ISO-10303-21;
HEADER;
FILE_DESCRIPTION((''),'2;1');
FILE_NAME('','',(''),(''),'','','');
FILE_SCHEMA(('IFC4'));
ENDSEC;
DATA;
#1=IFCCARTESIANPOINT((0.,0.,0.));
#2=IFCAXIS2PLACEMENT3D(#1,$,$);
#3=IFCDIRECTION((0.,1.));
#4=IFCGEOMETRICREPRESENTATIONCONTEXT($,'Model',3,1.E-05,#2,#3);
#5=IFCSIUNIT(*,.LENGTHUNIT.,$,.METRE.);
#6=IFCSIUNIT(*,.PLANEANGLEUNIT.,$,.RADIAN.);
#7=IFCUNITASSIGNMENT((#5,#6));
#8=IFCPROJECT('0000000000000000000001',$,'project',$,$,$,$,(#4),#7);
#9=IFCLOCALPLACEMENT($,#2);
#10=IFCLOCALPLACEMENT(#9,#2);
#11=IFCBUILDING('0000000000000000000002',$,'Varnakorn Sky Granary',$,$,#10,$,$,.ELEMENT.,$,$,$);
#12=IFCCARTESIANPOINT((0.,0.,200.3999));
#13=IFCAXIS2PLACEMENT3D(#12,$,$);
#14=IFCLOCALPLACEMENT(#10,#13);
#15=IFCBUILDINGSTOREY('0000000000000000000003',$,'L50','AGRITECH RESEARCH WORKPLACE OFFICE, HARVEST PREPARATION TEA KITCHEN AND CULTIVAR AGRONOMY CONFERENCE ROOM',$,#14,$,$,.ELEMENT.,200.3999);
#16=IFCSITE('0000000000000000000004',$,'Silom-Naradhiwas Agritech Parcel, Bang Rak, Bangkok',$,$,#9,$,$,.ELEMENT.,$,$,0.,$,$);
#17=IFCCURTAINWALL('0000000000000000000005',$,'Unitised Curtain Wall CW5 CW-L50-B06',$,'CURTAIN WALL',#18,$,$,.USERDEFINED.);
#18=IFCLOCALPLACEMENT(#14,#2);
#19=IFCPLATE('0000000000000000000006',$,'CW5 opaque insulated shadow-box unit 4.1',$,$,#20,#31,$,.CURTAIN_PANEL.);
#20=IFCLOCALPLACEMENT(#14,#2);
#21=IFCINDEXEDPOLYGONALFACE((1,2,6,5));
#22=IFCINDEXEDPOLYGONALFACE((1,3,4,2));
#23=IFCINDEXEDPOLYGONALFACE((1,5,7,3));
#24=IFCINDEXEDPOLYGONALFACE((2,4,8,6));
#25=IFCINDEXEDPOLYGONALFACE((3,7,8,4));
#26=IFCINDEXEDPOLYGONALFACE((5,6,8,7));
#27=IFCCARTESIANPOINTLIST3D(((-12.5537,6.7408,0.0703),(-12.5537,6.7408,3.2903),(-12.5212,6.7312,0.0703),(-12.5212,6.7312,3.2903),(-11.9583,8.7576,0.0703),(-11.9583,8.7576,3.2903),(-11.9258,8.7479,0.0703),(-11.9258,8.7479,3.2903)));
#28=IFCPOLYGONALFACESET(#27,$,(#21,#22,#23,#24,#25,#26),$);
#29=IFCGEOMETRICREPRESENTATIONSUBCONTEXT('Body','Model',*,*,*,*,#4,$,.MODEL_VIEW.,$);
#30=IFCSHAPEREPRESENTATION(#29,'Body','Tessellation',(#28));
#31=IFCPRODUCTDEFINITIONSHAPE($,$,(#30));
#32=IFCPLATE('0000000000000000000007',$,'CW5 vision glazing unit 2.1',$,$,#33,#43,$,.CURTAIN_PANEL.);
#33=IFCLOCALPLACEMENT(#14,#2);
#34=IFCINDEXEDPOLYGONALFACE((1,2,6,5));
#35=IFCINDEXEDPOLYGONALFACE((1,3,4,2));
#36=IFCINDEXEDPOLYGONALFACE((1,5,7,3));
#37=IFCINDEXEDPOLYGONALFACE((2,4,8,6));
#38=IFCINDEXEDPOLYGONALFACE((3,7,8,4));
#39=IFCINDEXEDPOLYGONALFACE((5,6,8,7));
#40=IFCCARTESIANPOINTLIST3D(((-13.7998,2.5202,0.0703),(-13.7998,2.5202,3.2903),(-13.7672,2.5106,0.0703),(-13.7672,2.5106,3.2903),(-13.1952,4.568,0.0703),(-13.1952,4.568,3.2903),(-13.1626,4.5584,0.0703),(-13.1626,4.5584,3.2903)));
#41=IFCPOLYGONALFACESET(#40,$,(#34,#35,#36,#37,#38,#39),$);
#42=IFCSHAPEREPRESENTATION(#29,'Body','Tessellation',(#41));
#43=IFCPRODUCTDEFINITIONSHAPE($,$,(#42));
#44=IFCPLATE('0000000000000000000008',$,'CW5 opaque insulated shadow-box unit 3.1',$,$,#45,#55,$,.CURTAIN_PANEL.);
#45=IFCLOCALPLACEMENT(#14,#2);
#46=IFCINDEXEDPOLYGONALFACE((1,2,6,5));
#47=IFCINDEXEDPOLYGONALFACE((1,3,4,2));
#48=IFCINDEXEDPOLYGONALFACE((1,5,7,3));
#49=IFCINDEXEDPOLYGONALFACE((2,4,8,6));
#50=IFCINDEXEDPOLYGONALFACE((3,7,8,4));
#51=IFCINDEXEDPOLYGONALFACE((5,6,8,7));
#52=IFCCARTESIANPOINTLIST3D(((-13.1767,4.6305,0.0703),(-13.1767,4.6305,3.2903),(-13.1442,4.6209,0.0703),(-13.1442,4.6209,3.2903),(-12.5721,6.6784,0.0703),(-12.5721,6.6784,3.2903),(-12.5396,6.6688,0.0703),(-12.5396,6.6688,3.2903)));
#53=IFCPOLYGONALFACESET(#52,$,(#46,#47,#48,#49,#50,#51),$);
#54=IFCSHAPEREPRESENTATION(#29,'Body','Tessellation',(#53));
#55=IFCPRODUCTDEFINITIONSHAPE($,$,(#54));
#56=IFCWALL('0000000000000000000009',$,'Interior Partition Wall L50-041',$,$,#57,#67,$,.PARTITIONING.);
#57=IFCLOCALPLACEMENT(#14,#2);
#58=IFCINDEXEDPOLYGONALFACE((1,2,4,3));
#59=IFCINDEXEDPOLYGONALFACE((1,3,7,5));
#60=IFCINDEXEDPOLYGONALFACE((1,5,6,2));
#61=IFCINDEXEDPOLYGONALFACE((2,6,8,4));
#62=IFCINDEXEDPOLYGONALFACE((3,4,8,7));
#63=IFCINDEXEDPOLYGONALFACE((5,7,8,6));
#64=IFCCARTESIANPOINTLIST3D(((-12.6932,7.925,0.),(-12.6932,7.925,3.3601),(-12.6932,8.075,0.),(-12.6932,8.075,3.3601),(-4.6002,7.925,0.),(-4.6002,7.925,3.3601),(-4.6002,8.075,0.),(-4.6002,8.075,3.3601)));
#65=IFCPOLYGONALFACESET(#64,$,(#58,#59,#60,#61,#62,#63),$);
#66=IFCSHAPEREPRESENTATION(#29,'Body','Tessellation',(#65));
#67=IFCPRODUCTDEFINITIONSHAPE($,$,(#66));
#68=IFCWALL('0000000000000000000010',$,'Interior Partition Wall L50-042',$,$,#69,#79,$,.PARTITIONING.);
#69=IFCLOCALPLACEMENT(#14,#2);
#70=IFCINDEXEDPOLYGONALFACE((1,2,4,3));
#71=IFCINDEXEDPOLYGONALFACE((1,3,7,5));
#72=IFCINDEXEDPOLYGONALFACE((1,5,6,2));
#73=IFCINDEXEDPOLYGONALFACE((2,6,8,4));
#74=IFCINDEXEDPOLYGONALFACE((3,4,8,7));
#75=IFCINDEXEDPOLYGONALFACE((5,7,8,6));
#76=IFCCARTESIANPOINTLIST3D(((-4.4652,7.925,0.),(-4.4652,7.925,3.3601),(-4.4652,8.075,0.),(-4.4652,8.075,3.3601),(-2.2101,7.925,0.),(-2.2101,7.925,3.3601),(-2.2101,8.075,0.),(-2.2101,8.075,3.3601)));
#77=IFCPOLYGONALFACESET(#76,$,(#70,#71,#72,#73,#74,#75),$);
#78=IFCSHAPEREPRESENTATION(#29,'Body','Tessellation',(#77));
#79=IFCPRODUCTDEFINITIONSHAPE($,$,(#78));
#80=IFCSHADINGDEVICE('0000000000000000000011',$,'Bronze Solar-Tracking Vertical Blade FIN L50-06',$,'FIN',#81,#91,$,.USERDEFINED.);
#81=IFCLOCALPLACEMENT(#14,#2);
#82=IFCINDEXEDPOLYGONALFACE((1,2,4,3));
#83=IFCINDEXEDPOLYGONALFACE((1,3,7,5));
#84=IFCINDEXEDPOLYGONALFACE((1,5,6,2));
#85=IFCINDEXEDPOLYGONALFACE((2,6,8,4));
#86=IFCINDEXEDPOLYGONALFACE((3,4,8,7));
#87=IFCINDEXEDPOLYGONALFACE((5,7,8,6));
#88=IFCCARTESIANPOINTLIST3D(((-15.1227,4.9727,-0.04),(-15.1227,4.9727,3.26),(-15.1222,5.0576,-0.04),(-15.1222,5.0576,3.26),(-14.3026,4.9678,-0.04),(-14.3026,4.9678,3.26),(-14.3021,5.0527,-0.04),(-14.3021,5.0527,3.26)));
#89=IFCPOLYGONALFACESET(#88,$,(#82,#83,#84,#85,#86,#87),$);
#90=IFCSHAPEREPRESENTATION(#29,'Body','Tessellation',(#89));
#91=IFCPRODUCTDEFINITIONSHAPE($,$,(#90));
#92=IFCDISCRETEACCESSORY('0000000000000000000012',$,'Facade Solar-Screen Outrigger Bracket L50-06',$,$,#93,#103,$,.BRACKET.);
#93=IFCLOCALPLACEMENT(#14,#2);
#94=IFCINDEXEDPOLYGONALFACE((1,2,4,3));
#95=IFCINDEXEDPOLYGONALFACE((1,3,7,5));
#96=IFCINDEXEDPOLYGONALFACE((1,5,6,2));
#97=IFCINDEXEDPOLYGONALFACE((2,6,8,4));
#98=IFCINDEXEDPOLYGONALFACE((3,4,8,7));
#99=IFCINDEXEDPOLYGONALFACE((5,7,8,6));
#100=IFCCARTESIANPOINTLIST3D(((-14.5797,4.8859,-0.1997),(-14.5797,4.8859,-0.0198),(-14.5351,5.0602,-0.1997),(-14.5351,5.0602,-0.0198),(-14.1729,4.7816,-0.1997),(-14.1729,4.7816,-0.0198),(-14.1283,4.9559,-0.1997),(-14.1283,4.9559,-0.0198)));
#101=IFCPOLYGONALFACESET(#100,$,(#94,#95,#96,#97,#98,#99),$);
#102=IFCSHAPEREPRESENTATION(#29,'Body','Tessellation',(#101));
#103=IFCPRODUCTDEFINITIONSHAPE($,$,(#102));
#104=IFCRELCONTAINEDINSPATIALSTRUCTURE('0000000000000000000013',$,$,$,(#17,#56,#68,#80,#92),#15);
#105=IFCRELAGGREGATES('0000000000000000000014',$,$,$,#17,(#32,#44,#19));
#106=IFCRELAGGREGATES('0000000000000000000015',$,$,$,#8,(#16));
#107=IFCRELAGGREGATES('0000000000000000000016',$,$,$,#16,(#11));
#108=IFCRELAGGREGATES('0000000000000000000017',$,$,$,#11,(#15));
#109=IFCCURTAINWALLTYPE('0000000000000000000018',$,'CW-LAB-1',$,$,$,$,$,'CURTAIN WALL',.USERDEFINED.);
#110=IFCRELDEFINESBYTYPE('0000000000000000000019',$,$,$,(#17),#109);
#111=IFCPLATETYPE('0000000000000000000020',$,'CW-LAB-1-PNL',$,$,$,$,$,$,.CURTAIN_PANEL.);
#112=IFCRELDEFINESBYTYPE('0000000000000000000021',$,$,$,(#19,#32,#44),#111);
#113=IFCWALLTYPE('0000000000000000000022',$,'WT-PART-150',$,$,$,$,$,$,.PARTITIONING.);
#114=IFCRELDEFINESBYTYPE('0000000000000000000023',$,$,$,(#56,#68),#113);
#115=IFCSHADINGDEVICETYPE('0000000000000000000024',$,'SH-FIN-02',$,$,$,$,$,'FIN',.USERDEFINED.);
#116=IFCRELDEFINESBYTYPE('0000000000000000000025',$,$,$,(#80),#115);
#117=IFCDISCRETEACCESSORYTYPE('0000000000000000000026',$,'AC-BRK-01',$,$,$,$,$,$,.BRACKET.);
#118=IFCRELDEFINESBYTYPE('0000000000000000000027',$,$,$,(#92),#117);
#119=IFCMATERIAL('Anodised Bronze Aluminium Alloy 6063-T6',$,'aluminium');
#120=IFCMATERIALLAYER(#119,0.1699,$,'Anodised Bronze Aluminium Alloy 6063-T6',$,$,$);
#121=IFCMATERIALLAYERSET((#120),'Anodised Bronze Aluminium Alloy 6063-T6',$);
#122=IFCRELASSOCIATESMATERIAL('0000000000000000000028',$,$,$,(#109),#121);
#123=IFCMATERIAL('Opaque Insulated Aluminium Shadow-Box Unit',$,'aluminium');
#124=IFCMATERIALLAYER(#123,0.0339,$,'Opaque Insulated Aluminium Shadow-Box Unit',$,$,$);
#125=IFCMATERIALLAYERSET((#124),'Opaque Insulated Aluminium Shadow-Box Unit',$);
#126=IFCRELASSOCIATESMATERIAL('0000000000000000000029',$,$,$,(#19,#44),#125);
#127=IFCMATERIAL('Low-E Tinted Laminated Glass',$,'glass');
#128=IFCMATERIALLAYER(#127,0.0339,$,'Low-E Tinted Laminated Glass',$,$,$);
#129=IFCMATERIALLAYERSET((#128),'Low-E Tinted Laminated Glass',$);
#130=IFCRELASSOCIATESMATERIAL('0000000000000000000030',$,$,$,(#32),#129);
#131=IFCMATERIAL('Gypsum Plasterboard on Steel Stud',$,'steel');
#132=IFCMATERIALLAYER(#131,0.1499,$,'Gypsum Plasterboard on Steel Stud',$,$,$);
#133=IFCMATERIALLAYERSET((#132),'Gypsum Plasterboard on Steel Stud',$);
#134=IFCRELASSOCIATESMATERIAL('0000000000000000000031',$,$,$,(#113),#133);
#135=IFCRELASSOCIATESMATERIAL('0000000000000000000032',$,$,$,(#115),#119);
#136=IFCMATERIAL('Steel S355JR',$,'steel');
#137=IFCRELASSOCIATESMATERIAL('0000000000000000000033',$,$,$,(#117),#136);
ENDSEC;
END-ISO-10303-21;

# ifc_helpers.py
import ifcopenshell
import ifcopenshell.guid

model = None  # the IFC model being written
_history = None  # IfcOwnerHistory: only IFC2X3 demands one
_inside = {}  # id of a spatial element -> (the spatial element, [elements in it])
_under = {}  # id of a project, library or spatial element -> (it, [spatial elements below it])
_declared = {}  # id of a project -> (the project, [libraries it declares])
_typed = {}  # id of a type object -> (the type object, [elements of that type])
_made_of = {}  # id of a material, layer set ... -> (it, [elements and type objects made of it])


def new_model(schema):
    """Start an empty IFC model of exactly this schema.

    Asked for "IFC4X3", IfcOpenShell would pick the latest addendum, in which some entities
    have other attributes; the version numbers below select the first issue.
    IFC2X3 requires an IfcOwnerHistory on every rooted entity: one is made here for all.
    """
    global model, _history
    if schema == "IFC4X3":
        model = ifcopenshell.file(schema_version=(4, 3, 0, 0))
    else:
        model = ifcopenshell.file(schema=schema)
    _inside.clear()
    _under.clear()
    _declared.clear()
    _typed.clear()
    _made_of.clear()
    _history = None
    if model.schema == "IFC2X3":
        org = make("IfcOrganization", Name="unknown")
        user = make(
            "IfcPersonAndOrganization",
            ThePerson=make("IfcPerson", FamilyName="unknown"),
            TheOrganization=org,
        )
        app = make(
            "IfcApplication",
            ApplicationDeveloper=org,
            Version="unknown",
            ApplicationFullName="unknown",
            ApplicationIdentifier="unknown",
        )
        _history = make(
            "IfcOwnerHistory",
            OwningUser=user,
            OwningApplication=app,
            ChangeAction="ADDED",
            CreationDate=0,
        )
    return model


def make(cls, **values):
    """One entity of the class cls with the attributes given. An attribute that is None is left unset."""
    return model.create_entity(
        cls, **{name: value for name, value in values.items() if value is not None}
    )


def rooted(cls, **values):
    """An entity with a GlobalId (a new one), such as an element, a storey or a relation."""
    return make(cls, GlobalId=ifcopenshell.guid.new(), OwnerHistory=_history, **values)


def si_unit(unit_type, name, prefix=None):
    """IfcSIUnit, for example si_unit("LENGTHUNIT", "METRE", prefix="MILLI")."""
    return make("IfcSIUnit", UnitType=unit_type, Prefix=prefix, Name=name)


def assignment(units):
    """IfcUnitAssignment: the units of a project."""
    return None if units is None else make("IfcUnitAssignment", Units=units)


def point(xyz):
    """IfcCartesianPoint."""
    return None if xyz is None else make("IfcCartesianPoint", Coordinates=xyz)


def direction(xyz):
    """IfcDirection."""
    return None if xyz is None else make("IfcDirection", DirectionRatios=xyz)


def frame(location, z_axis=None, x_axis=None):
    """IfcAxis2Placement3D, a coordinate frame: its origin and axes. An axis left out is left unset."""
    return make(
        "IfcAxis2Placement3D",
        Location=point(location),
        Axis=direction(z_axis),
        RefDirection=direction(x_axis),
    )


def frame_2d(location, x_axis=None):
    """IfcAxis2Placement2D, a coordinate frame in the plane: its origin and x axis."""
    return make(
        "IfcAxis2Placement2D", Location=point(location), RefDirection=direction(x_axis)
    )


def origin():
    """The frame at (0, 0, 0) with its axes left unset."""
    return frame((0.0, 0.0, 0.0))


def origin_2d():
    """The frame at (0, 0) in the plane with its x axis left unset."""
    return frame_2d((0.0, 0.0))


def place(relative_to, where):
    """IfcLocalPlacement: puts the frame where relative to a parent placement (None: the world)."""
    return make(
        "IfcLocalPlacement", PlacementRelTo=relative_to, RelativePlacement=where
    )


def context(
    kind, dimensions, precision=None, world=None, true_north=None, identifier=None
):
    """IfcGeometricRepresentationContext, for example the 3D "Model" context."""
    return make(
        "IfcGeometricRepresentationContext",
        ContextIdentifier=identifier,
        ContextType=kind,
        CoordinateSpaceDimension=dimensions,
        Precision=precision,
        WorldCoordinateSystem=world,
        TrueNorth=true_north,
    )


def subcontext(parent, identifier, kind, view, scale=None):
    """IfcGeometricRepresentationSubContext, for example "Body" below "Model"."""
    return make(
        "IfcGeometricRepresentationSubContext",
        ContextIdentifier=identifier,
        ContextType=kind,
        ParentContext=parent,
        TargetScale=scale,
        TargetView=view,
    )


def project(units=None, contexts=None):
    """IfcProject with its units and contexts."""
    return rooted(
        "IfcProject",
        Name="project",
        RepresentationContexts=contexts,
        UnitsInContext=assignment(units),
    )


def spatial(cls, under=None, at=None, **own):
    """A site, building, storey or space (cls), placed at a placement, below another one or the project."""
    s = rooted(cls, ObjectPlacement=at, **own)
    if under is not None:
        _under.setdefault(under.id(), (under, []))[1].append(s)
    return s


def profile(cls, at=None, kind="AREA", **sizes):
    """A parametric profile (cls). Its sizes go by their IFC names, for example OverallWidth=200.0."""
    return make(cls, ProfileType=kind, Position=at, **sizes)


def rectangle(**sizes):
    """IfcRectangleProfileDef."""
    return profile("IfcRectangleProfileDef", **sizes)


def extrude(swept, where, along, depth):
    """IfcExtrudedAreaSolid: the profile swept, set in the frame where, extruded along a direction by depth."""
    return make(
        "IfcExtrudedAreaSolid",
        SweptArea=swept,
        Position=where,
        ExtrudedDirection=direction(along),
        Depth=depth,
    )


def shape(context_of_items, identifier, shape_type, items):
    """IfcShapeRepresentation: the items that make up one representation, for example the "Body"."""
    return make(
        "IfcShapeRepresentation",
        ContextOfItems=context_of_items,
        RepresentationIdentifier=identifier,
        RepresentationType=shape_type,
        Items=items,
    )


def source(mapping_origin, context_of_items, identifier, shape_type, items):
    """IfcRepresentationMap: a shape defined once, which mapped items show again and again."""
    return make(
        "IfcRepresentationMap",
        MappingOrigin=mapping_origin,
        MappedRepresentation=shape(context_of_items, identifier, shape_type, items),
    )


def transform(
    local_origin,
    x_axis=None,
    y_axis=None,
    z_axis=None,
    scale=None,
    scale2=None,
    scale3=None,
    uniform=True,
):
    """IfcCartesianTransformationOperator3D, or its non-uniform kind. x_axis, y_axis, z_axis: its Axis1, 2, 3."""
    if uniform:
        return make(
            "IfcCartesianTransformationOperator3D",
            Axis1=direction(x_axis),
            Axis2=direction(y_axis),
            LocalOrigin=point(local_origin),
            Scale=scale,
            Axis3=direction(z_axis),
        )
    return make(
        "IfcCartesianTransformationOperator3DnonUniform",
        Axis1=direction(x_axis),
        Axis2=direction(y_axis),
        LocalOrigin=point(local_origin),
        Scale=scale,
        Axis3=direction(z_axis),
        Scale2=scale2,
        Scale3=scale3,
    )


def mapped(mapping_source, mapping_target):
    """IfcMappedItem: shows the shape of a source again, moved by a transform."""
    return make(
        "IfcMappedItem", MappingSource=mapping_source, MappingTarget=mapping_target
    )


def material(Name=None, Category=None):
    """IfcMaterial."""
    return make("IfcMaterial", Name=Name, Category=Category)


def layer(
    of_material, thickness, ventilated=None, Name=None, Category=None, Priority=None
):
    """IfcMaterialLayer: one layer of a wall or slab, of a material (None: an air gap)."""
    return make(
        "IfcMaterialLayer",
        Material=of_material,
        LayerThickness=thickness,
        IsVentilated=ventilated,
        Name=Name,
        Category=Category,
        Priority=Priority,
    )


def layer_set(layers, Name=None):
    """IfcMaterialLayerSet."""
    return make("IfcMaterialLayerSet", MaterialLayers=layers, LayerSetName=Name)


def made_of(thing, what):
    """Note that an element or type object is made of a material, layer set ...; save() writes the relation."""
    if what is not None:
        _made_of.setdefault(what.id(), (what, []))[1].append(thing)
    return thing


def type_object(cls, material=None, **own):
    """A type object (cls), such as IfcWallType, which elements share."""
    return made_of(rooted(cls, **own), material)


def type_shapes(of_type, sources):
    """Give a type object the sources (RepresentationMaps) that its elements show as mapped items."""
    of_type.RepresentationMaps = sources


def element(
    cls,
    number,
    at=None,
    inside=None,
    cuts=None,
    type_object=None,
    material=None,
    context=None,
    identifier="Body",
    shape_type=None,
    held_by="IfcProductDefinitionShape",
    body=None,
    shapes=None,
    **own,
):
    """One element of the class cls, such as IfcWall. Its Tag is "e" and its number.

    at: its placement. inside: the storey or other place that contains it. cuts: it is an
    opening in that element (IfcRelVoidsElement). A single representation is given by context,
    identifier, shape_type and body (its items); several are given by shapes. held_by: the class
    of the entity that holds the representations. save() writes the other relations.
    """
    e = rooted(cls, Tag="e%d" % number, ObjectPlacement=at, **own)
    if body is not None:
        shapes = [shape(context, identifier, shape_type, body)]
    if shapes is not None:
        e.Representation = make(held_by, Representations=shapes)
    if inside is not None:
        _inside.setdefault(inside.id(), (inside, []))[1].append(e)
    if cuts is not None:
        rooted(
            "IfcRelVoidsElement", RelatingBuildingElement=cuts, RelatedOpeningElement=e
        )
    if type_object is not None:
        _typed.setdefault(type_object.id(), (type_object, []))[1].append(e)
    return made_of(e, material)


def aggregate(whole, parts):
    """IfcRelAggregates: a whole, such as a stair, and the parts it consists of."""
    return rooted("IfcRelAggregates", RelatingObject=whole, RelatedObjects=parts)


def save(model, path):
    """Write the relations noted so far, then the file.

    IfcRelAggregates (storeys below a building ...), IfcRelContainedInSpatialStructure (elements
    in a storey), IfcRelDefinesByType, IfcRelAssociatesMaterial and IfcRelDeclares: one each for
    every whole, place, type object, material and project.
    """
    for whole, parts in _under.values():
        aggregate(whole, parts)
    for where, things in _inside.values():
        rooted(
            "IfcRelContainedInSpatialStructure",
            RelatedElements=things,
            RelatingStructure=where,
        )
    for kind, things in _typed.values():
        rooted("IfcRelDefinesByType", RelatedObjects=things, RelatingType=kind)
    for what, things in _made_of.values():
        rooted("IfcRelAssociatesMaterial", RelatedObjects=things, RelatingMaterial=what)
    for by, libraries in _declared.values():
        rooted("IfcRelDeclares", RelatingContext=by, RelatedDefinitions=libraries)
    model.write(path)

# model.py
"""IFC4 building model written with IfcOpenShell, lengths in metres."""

from ifc_helpers import new_model, si_unit, direction, frame, frame_2d, origin, origin_2d, place, context, subcontext, project, spatial, rectangle, extrude, source, transform, mapped, material, layer, layer_set, type_object, type_shapes, element, aggregate, save


model = new_model("IFC4")

# Units and contexts
model_context = context("Model", 3, precision=1e-05, world=origin(), true_north=direction((0.0, 1.0)))
body_context = subcontext(model_context, "Body", "Model", "MODEL_VIEW")
ifc_project = project(units=[si_unit("LENGTHUNIT", "METRE"), si_unit("PLANEANGLEUNIT", "RADIAN")], contexts=[model_context])

# Site, building, storey
site_placement = place(None, origin())
site = spatial("IfcSite", under=ifc_project, at=site_placement, Name="Silom-Naradhiwas Agritech Parcel, Bang Rak, Bangkok", CompositionType="ELEMENT", RefElevation=0.0)
building_placement = place(site_placement, origin())
building = spatial("IfcBuilding", under=site, at=building_placement, Name="Varnakorn Sky Granary", CompositionType="ELEMENT")
storey_placement = place(building_placement, frame((0.0, 0.0, 200.3999)))
storey = spatial("IfcBuildingStorey", under=building, at=storey_placement, Name="L50", Description="AGRITECH RESEARCH WORKPLACE OFFICE, HARVEST PREPARATION TEA KITCHEN AND CULTIVAR AGRONOMY CONFERENCE ROOM", CompositionType="ELEMENT", Elevation=200.3999)

# Shared definitions
ifc_material_1 = material(Name="Steel S355JR", Category="steel")

# Shared definitions
ifc_material_2 = material(Name="Anodised Bronze Aluminium Alloy 6063-T6", Category="aluminium")
ifc_layer_1 = layer(ifc_material_2, 0.1699, Name="Anodised Bronze Aluminium Alloy 6063-T6")
ifc_layer_set_1 = layer_set([ifc_layer_1], Name="Anodised Bronze Aluminium Alloy 6063-T6")
curtain_wall_type = type_object("IfcCurtainWallType", Name="CW-LAB-1", ElementType="CURTAIN WALL", PredefinedType="USERDEFINED", material=ifc_layer_set_1)

# Curtain wall
curtain_wall_1_placement = place(storey_placement, origin())
curtain_wall_1 = element("IfcCurtainWall", 1, at=curtain_wall_1_placement, inside=storey, type_object=curtain_wall_type, Name="Unitised Curtain Wall CW5 CW-L50-B06", ObjectType="CURTAIN WALL", PredefinedType="USERDEFINED")

# Plates
ifc_material_3 = material(Name="Low-E Tinted Laminated Glass", Category="glass")
ifc_layer_2 = layer(ifc_material_3, 0.0339, Name="Low-E Tinted Laminated Glass")
ifc_layer_set_2 = layer_set([ifc_layer_2], Name="Low-E Tinted Laminated Glass")
plate_type = type_object("IfcPlateType", Name="CW-LAB-1-PNL", PredefinedType="CURTAIN_PANEL")
shared_shape_1 = source(origin(), body_context, "Body", "SweptSolid", [
    extrude(rectangle(XDim=2.1028, YDim=0.0339, at=origin_2d()), origin(), (0.0, 0.0, 1.0), 3.22),
])
ifc_material_4 = material(Name="Opaque Insulated Aluminium Shadow-Box Unit", Category="aluminium")
ifc_layer_3 = layer(ifc_material_4, 0.0339, Name="Opaque Insulated Aluminium Shadow-Box Unit")
ifc_layer_set_3 = layer_set([ifc_layer_3], Name="Opaque Insulated Aluminium Shadow-Box Unit")
plate_1_placement = place(storey_placement, frame((-12.2397, 7.7444, 0.0703), z_axis=(0.0, 0.0, 1.0), x_axis=(0.283144, 0.959077, 0.0)))
plate_1 = element("IfcPlate", 2, at=plate_1_placement, type_object=plate_type, material=ifc_layer_set_3, Name="CW5 opaque insulated shadow-box unit 4.1", PredefinedType="CURTAIN_PANEL", context=body_context, shape_type="MappedRepresentation", body=[
    mapped(shared_shape_1, transform((0.0, 0.0, 0.0), x_axis=(1.0, 0.0, 0.0), y_axis=(0.0, 1.0, 0.0), z_axis=(0.0, 0.0, 1.0), scale=1.0)),
])
shared_shape_2 = source(origin(), body_context, "Body", "SweptSolid", [
    extrude(rectangle(XDim=2.1353, YDim=0.0339, at=origin_2d()), origin(), (0.0, 0.0, 1.0), 3.22),
])
type_shapes(plate_type, [shared_shape_1, shared_shape_2])
plate_2_placement = place(storey_placement, frame((-13.4812, 3.5393, 0.0703), z_axis=(0.0, 0.0, 1.0), x_axis=(0.283144, 0.959077, 0.0)))
plate_2 = element("IfcPlate", 3, at=plate_2_placement, type_object=plate_type, material=ifc_layer_set_2, Name="CW5 vision glazing unit 2.1", PredefinedType="CURTAIN_PANEL", context=body_context, shape_type="MappedRepresentation", body=[
    mapped(shared_shape_2, transform((0.0, 0.0, 0.0), x_axis=(1.0, 0.0, 0.0), y_axis=(0.0, 1.0, 0.0), z_axis=(0.0, 0.0, 1.0), scale=1.0)),
])
plate_3_placement = place(storey_placement, frame((-12.8582, 5.6497, 0.0703), z_axis=(0.0, 0.0, 1.0), x_axis=(0.283144, 0.959077, 0.0)))
plate_3 = element("IfcPlate", 4, at=plate_3_placement, type_object=plate_type, material=ifc_layer_set_3, Name="CW5 opaque insulated shadow-box unit 3.1", PredefinedType="CURTAIN_PANEL", context=body_context, shape_type="MappedRepresentation", body=[
    mapped(shared_shape_2, transform((0.0, 0.0, 0.0), x_axis=(1.0, 0.0, 0.0), y_axis=(0.0, 1.0, 0.0), z_axis=(0.0, 0.0, 1.0), scale=1.0)),
])
aggregate(curtain_wall_1, [plate_2, plate_3, plate_1])

# Walls
ifc_material_5 = material(Name="Gypsum Plasterboard on Steel Stud", Category="steel")
ifc_layer_4 = layer(ifc_material_5, 0.1499, Name="Gypsum Plasterboard on Steel Stud")
ifc_layer_set_4 = layer_set([ifc_layer_4], Name="Gypsum Plasterboard on Steel Stud")
wall_type = type_object("IfcWallType", Name="WT-PART-150", PredefinedType="PARTITIONING", material=ifc_layer_set_4)
wall_1_placement = place(storey_placement, frame((-12.6931, 8.0, 0.0), z_axis=(0.0, 0.0, 1.0), x_axis=(1.0, 0.0, 0.0)))
element("IfcWall", 5, at=wall_1_placement, inside=storey, type_object=wall_type, Name="Interior Partition Wall L50-041", PredefinedType="PARTITIONING", context=body_context, shape_type="SweptSolid", body=[
    extrude(rectangle(XDim=8.093, YDim=0.1499, at=frame_2d((4.0464, 0.0))), origin(), (0.0, 0.0, 1.0), 3.3601),
])
wall_2_placement = place(storey_placement, frame((-4.4651, 8.0, 0.0), z_axis=(0.0, 0.0, 1.0), x_axis=(1.0, 0.0, 0.0)))
element("IfcWall", 6, at=wall_2_placement, inside=storey, type_object=wall_type, Name="Interior Partition Wall L50-042", PredefinedType="PARTITIONING", context=body_context, shape_type="SweptSolid", body=[
    extrude(rectangle(XDim=2.2551, YDim=0.1499, at=frame_2d((1.1274, 0.0))), origin(), (0.0, 0.0, 1.0), 3.3601),
])

# Shading device
shading_device_type = type_object("IfcShadingDeviceType", Name="SH-FIN-02", ElementType="FIN", PredefinedType="USERDEFINED", material=ifc_material_2)
shared_shape_3 = source(origin(), body_context, "Body", "SweptSolid", [
    extrude(rectangle(XDim=0.085, YDim=0.8201, at=origin_2d()), origin(), (0.0, 0.0, 1.0), 3.3),
])
type_shapes(shading_device_type, [shared_shape_3])
shading_device_placement = place(storey_placement, frame((-14.7124, 5.0127, -0.04), z_axis=(0.0, 0.0, 1.0), x_axis=(-0.006012, -0.999982, 0.0)))
element("IfcShadingDevice", 7, at=shading_device_placement, inside=storey, type_object=shading_device_type, Name="Bronze Solar-Tracking Vertical Blade FIN L50-06", ObjectType="FIN", PredefinedType="USERDEFINED", context=body_context, shape_type="MappedRepresentation", body=[
    mapped(shared_shape_3, transform((0.0, 0.0, 0.0), x_axis=(1.0, 0.0, 0.0), y_axis=(0.0, 1.0, 0.0), z_axis=(0.0, 0.0, 1.0), scale=1.0)),
])

# Discrete accessory
discrete_accessory_type = type_object("IfcDiscreteAccessoryType", Name="AC-BRK-01", PredefinedType="BRACKET", material=ifc_material_1)
shared_shape_4 = source(origin(), body_context, "Body", "SweptSolid", [
    extrude(rectangle(XDim=0.1799, YDim=0.4199, at=origin_2d()), origin(), (0.0, 0.0, 1.0), 0.1799),
])
type_shapes(discrete_accessory_type, [shared_shape_4])
discrete_accessory_placement = place(storey_placement, frame((-14.354, 4.9209, -0.1997), z_axis=(0.0, 0.0, 1.0), x_axis=(-0.248229, -0.968701, 0.0)))
element("IfcDiscreteAccessory", 8, at=discrete_accessory_placement, inside=storey, type_object=discrete_accessory_type, Name="Facade Solar-Screen Outrigger Bracket L50-06", PredefinedType="BRACKET", context=body_context, shape_type="MappedRepresentation", body=[
    mapped(shared_shape_4, transform((0.0, 0.0, 0.0), x_axis=(1.0, 0.0, 0.0), y_axis=(0.0, 1.0, 0.0), z_axis=(0.0, 0.0, 1.0), scale=1.0)),
])

save(model, "model.ifc")
